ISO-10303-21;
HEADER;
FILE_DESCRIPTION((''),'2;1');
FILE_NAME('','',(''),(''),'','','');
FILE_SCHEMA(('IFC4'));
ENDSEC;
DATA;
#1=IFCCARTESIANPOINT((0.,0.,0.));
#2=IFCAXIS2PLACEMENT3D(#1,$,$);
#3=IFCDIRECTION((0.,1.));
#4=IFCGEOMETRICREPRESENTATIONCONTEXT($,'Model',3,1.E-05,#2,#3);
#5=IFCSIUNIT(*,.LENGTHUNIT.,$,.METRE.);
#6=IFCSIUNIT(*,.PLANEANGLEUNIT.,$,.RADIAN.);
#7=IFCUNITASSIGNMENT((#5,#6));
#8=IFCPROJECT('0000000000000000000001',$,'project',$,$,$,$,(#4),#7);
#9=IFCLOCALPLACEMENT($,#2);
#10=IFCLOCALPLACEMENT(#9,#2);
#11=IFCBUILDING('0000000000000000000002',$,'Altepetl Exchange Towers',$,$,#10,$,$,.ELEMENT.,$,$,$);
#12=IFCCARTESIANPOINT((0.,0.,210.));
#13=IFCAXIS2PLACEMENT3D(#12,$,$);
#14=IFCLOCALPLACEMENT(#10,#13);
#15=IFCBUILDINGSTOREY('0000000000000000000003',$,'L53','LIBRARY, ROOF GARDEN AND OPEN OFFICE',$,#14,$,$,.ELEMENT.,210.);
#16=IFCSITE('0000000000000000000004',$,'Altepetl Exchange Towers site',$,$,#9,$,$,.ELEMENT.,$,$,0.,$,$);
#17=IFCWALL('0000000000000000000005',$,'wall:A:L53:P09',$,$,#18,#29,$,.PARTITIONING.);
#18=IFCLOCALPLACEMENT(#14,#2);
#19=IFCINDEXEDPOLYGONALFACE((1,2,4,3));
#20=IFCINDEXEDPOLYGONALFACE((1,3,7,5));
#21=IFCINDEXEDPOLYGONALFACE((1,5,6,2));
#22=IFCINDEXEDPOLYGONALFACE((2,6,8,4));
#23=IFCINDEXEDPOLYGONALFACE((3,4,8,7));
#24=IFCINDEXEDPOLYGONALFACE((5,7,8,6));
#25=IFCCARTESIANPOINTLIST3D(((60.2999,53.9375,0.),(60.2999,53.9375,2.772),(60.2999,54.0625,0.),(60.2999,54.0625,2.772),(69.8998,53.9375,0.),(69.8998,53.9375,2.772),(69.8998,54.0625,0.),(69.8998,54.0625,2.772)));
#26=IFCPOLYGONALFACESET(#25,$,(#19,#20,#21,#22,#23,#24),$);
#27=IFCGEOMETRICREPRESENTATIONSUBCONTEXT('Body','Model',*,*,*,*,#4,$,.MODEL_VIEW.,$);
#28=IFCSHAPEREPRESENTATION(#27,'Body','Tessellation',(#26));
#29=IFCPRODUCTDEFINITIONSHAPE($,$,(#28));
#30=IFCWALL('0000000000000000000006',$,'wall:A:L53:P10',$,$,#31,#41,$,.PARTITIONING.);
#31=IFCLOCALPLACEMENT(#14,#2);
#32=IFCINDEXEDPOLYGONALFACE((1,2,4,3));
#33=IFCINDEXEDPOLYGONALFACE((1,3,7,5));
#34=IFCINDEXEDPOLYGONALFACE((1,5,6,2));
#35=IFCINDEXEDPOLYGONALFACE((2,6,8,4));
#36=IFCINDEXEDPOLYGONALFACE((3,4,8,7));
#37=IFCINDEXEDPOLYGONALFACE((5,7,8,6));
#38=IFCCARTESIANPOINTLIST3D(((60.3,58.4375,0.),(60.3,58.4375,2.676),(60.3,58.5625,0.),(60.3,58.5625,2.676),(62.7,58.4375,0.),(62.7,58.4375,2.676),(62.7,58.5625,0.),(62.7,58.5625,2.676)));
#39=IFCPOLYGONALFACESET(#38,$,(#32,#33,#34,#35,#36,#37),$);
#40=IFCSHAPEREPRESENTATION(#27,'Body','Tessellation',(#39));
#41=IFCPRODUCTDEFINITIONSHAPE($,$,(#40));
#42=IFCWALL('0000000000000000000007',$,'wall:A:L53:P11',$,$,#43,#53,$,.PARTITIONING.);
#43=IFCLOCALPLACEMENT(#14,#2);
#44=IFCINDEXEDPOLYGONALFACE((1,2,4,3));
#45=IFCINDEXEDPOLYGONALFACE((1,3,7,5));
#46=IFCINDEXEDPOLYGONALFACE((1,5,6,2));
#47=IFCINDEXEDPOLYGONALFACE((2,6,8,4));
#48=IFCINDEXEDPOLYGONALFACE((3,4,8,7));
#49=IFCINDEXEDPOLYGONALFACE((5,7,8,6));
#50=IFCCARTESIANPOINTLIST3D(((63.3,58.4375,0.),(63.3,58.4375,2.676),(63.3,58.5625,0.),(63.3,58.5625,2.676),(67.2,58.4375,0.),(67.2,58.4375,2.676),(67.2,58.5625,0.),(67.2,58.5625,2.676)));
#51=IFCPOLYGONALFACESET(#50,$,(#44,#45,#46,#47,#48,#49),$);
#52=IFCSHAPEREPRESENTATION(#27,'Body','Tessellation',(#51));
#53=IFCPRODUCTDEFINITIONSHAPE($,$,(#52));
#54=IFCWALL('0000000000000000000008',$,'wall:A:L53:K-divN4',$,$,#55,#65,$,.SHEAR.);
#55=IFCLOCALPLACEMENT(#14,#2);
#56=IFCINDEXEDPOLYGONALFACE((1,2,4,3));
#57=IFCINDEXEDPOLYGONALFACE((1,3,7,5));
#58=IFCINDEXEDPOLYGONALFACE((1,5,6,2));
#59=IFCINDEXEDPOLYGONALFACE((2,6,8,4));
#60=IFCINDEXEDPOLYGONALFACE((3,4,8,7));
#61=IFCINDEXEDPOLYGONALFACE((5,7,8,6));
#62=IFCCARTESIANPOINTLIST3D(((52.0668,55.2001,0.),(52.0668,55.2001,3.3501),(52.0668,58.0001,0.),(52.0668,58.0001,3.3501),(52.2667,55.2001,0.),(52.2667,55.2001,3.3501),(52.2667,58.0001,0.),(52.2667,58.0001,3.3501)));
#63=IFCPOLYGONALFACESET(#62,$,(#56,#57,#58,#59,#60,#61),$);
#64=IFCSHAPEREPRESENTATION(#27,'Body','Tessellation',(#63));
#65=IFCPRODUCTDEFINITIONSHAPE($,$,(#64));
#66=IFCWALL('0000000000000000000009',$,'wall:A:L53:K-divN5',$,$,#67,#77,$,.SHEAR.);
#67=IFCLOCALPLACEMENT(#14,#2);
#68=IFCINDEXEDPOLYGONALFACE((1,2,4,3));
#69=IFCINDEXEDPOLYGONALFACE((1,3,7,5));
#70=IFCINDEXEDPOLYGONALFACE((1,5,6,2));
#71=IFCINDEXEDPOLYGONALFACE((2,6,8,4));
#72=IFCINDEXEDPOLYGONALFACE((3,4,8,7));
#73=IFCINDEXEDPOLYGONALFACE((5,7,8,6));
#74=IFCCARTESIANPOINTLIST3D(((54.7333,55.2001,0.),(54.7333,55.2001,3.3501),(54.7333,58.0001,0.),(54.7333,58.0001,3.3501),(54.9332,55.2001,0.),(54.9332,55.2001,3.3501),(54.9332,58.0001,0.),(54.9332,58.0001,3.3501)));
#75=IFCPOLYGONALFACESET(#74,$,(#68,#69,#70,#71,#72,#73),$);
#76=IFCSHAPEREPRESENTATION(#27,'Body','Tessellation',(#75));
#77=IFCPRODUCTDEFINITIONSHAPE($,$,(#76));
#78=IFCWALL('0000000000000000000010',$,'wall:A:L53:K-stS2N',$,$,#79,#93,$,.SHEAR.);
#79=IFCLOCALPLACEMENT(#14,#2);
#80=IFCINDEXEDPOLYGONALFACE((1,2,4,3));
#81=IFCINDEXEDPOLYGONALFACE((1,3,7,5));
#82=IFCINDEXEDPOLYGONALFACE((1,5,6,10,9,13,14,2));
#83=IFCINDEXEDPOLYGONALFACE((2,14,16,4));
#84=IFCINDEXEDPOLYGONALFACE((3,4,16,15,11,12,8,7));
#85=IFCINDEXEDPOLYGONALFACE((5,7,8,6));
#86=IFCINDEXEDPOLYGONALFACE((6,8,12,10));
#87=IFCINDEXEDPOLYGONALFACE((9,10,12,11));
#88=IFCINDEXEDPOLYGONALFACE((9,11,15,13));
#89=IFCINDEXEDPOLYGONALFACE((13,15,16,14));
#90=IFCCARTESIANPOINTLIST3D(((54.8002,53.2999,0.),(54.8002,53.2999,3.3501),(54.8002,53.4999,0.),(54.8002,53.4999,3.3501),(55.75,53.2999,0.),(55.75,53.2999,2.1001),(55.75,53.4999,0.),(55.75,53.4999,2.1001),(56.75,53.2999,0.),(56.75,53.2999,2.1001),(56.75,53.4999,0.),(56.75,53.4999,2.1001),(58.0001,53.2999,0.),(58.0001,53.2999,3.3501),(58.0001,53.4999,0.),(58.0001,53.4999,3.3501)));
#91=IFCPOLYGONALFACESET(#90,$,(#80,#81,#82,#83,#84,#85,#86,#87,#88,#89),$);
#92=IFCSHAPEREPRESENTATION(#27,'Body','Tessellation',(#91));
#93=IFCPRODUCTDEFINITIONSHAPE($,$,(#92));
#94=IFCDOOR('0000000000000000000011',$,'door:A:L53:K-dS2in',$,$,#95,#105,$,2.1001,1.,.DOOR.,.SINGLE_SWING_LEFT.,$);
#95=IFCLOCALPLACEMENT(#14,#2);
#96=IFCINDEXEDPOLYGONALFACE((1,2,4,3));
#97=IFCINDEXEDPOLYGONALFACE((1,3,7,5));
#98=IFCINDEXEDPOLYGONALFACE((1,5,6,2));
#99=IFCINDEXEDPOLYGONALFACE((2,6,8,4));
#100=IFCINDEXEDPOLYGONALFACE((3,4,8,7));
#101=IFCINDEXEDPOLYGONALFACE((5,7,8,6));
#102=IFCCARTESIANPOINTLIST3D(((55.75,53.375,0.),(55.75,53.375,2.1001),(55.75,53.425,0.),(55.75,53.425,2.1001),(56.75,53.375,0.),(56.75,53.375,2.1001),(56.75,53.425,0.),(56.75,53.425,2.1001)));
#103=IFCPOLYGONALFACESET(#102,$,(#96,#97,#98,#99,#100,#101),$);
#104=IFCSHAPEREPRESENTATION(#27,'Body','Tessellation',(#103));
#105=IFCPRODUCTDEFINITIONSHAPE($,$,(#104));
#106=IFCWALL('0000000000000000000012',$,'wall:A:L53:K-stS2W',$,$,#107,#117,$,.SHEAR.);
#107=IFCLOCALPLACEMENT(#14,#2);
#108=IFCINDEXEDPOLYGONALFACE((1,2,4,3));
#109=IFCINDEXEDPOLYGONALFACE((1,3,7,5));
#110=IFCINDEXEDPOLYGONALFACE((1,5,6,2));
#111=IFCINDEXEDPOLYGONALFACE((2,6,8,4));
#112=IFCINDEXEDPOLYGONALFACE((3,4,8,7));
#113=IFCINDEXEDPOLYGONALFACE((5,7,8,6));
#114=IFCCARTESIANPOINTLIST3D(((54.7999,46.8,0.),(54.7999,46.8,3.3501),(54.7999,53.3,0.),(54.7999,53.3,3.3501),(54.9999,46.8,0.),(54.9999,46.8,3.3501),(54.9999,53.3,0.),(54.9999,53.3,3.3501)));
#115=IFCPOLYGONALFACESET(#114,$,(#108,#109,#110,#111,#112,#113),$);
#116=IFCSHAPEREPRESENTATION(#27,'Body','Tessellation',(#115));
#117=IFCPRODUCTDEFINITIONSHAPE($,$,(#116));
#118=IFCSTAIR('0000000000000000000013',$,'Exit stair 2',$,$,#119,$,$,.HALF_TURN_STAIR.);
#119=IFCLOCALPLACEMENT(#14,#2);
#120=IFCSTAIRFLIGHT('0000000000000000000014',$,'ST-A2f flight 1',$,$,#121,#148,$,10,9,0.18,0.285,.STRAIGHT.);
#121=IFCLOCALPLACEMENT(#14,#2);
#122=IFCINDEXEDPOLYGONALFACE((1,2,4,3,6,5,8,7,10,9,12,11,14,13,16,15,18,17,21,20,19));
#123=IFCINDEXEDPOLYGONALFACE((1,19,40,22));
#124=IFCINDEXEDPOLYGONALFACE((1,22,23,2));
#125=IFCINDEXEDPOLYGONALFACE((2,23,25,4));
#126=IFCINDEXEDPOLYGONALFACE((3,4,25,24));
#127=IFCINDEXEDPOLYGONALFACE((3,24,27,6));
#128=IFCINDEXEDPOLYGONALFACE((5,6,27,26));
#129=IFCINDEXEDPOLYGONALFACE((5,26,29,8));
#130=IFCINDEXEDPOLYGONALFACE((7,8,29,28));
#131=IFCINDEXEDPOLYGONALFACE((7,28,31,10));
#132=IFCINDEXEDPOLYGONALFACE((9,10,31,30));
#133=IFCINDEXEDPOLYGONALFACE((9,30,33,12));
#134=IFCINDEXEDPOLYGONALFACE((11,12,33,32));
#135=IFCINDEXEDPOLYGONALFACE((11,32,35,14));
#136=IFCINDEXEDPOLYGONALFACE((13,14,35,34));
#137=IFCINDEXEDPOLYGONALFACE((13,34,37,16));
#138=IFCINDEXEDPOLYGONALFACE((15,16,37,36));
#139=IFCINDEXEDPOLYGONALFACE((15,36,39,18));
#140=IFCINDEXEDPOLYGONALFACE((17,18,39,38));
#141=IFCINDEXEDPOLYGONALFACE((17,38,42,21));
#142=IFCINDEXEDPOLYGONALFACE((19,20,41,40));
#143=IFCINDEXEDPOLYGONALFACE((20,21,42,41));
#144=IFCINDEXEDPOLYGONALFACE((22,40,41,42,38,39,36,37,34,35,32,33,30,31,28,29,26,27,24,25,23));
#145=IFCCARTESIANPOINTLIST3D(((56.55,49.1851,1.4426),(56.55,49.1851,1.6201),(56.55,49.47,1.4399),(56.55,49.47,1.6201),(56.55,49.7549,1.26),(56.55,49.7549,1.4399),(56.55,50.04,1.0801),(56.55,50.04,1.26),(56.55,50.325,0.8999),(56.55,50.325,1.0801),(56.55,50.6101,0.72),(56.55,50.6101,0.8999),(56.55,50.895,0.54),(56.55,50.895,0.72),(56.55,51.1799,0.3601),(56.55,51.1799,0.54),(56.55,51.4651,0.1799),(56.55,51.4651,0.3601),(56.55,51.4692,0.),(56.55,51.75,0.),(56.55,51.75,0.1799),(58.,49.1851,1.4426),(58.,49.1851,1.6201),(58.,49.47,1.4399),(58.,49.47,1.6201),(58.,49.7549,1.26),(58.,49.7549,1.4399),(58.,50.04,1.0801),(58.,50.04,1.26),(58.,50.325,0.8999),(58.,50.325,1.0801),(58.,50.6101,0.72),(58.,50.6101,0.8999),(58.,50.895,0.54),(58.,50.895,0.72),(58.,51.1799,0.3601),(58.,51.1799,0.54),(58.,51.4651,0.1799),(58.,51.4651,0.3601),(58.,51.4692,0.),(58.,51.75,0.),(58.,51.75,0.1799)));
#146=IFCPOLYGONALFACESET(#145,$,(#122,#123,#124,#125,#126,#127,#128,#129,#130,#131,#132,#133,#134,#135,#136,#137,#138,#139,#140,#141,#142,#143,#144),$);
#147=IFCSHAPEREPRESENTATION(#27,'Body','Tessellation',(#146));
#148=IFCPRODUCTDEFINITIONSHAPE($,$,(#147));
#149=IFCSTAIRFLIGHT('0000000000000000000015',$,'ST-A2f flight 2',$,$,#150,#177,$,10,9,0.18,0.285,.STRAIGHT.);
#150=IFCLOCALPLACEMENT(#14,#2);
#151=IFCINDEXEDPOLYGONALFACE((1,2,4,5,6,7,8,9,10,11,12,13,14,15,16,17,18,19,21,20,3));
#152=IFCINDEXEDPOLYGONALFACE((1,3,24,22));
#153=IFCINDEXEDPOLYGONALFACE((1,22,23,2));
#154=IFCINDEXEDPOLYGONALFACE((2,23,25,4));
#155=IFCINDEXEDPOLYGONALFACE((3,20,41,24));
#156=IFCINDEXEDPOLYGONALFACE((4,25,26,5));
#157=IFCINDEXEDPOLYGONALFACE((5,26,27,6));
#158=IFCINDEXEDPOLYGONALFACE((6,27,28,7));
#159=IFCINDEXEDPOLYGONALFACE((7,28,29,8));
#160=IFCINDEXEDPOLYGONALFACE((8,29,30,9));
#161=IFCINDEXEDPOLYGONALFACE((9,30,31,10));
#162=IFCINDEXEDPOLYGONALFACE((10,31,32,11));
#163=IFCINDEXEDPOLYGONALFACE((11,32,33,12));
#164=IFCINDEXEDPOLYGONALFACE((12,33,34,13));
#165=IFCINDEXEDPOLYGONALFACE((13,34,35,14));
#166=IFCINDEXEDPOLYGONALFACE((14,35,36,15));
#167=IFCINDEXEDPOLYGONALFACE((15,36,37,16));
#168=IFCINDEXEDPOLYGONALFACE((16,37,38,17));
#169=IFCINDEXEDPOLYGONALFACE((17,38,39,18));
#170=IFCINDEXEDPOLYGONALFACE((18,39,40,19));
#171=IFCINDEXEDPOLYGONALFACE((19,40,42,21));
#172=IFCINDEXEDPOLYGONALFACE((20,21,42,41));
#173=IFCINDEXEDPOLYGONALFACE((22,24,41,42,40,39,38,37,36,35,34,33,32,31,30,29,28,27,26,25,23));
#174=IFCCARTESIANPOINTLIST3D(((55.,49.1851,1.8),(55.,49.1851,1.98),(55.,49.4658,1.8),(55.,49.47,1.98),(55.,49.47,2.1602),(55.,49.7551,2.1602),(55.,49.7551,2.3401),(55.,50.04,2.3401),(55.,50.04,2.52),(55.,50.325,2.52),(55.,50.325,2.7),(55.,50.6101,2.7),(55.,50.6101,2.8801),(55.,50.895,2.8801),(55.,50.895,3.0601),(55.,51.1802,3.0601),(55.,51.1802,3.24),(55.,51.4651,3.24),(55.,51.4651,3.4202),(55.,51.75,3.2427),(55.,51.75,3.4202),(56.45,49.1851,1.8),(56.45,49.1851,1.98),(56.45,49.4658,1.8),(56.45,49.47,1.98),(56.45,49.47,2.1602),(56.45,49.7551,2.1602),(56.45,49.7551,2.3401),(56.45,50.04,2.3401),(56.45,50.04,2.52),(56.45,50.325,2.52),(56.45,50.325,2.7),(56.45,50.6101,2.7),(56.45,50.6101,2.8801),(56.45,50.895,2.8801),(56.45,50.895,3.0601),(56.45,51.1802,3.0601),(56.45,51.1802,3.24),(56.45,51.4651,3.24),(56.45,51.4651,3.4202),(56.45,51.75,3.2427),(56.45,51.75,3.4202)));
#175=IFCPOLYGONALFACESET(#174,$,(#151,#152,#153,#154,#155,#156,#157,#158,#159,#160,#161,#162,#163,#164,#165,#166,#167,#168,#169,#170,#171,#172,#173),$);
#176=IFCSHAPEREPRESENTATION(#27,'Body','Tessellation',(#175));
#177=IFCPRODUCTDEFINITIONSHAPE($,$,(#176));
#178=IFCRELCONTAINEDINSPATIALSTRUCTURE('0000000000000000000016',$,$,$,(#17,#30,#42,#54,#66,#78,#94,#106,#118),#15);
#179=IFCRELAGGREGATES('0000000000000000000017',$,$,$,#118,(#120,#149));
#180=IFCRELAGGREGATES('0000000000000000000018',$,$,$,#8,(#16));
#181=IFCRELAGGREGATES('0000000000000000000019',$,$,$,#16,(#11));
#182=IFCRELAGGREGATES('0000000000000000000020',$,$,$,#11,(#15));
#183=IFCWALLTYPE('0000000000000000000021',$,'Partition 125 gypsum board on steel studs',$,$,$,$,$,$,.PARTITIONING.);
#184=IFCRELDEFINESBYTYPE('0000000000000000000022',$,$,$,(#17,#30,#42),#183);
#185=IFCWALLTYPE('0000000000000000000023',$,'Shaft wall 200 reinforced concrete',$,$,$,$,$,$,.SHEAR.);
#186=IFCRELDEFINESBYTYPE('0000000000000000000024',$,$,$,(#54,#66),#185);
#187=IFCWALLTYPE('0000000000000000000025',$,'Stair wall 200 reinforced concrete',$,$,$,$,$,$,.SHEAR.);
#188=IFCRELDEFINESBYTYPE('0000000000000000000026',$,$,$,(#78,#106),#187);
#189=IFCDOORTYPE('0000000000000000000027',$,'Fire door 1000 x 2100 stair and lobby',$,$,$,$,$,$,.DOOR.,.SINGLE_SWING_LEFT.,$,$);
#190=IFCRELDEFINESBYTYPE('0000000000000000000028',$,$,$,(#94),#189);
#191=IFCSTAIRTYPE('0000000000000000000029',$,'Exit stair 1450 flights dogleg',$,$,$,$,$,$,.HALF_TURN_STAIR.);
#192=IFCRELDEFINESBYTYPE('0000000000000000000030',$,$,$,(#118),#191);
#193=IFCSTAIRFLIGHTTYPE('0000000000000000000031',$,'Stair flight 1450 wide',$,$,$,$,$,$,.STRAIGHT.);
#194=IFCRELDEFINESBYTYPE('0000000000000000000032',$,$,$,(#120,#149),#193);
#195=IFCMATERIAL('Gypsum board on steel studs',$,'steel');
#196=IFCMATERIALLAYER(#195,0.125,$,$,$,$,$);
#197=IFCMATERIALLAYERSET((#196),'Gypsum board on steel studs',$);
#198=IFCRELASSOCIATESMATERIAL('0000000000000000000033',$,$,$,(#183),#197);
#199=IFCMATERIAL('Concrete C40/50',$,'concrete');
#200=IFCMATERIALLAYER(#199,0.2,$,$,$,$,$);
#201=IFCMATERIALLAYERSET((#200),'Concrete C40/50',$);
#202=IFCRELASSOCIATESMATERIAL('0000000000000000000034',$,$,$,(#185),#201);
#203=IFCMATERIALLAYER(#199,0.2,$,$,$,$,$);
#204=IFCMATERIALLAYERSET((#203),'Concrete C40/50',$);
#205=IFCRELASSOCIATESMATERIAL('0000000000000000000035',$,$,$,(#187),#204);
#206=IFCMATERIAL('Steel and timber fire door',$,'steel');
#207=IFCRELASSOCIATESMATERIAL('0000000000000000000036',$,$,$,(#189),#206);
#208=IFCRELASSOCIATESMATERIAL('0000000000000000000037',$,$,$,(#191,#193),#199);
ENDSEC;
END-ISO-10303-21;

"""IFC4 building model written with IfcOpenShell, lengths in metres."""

from ifc_helpers import new_model, si_unit, direction, frame, frame_2d, origin, place, context, subcontext, project, spatial, polyline, rectangle, outline, extrude, material, layer, layer_set, type_object, element, fill, aggregate, save


model = new_model("IFC4")

# Units and contexts
model_context = context("Model", 3, precision=1e-05, world=origin(), true_north=direction((0.0, 1.0)))
body_context = subcontext(model_context, "Body", "Model", "MODEL_VIEW")
ifc_project = project(units=[si_unit("LENGTHUNIT", "METRE"), si_unit("PLANEANGLEUNIT", "RADIAN")], contexts=[model_context])

# Site, building, storey
site_placement = place(None, origin())
site = spatial("IfcSite", under=ifc_project, at=site_placement, Name="Altepetl Exchange Towers site", CompositionType="ELEMENT", RefElevation=0.0)
building_placement = place(site_placement, origin())
building = spatial("IfcBuilding", under=site, at=building_placement, Name="Altepetl Exchange Towers", CompositionType="ELEMENT")
storey_placement = place(building_placement, frame((0.0, 0.0, 210.0)))
storey = spatial("IfcBuildingStorey", under=building, at=storey_placement, Name="L53", Description="LIBRARY, ROOF GARDEN AND OPEN OFFICE", CompositionType="ELEMENT", Elevation=210.0)

# Walls
ifc_material_1 = material(Name="Gypsum board on steel studs", Category="steel")
ifc_layer_1 = layer(ifc_material_1, 0.125)
ifc_layer_set_1 = layer_set([ifc_layer_1], Name="Gypsum board on steel studs")
wall_type_1 = type_object("IfcWallType", Name="Partition 125 gypsum board on steel studs", PredefinedType="PARTITIONING", material=ifc_layer_set_1)
for number, where, name in (
    (1, (60.3, 54.0, 0.0), "wall:A:L53:P09"),
):
    element("IfcWall", number, at=place(storey_placement, frame(where)), inside=storey, type_object=wall_type_1, Name=name, PredefinedType="PARTITIONING", context=body_context, shape_type="SweptSolid", body=[
        extrude(rectangle(XDim=9.5999, YDim=0.125, at=frame_2d((4.7998, 0.0))), origin(), (0.0, 0.0, 1.0), 2.772),
    ])
wall_1_placement = place(storey_placement, frame((60.3, 58.5, 0.0)))
element("IfcWall", 2, at=wall_1_placement, inside=storey, type_object=wall_type_1, Name="wall:A:L53:P10", PredefinedType="PARTITIONING", context=body_context, shape_type="SweptSolid", body=[
    extrude(rectangle(XDim=2.3999, YDim=0.125, at=frame_2d((1.2, 0.0))), origin(), (0.0, 0.0, 1.0), 2.676),
])
wall_2_placement = place(storey_placement, frame((63.3, 58.5, 0.0)))
element("IfcWall", 3, at=wall_2_placement, inside=storey, type_object=wall_type_1, Name="wall:A:L53:P11", PredefinedType="PARTITIONING", context=body_context, shape_type="SweptSolid", body=[
    extrude(rectangle(XDim=3.8999, YDim=0.125, at=frame_2d((1.95, 0.0))), origin(), (0.0, 0.0, 1.0), 2.676),
])
ifc_material_2 = material(Name="Concrete C40/50", Category="concrete")
ifc_layer_2 = layer(ifc_material_2, 0.2)
ifc_layer_set_2 = layer_set([ifc_layer_2], Name="Concrete C40/50")
wall_type_2 = type_object("IfcWallType", Name="Shaft wall 200 reinforced concrete", PredefinedType="SHEAR", material=ifc_layer_set_2)
for number, where, z_axis, x_axis, name in (
    (4, (52.1667, 58.0, 0.0), (0.0, 0.0, 1.0), (0.0, -1.0, 0.0), "wall:A:L53:K-divN4"),
    (5, (54.8333, 58.0, 0.0), (0.0, 0.0, 1.0), (0.0, -1.0, 0.0), "wall:A:L53:K-divN5"),
):
    element("IfcWall", number, at=place(storey_placement, frame(where, z_axis=z_axis, x_axis=x_axis)), inside=storey, type_object=wall_type_2, Name=name, PredefinedType="SHEAR", context=body_context, shape_type="SweptSolid", body=[
        extrude(rectangle(XDim=2.8, YDim=0.2, at=frame_2d((1.3999, 0.0))), origin(), (0.0, 0.0, 1.0), 3.3501),
    ])

# Wall, opening, door
ifc_layer_3 = layer(ifc_material_2, 0.2)
ifc_layer_set_3 = layer_set([ifc_layer_3], Name="Concrete C40/50")
wall_type_3 = type_object("IfcWallType", Name="Stair wall 200 reinforced concrete", PredefinedType="SHEAR", material=ifc_layer_set_3)
wall_3_placement = place(storey_placement, frame((54.8, 53.3999, 0.0)))
wall_3 = element("IfcWall", 6, at=wall_3_placement, inside=storey, type_object=wall_type_3, Name="wall:A:L53:K-stS2N", PredefinedType="SHEAR", context=body_context, shape_type="SweptSolid", body=[
    extrude(rectangle(XDim=3.2, YDim=0.2, at=frame_2d((1.6001, 0.0))), origin(), (0.0, 0.0, 1.0), 3.3501),
])
opening_placement = place(wall_3_placement, frame((0.95, 0.0, 0.0)))
opening = element("IfcOpeningElement", 7, at=opening_placement, cuts=wall_3, PredefinedType="OPENING", context=body_context, shape_type="SweptSolid", body=[
    extrude(rectangle(XDim=1.0, YDim=2.1001, at=frame_2d((0.5, 1.05))), frame((0.0, 0.1099, 0.0), z_axis=(0.0, -1.0, 0.0), x_axis=(1.0, 0.0, 0.0)), (0.0, 0.0, 1.0), 0.22),
])
ifc_material_3 = material(Name="Steel and timber fire door", Category="steel")
door_type = type_object("IfcDoorType", Name="Fire door 1000 x 2100 stair and lobby", OperationType="SINGLE_SWING_LEFT", PredefinedType="DOOR", material=ifc_material_3)
door_placement = place(opening_placement, frame((1.0, 0.0, 0.0), x_axis=(-1.0, 0.0, 0.0)))
door = element("IfcDoor", 8, at=door_placement, inside=storey, type_object=door_type, Name="door:A:L53:K-dS2in", OperationType="SINGLE_SWING_LEFT", OverallHeight=2.1001, OverallWidth=1.0, PredefinedType="DOOR", context=body_context, shape_type="SweptSolid", body=[
    extrude(rectangle(XDim=1.0, YDim=2.1001, at=frame_2d((0.5, 1.05))), frame((0.0, 0.0249, 0.0), z_axis=(0.0, -1.0, 0.0), x_axis=(1.0, 0.0, 0.0)), (0.0, 0.0, 1.0), 0.05),
])
fill(opening, door)

# Wall
wall_4_placement = place(storey_placement, frame((54.8999, 46.8, 0.0), z_axis=(0.0, 0.0, 1.0), x_axis=(0.0, 1.0, 0.0)))
element("IfcWall", 9, at=wall_4_placement, inside=storey, type_object=wall_type_3, Name="wall:A:L53:K-stS2W", PredefinedType="SHEAR", context=body_context, shape_type="SweptSolid", body=[
    extrude(rectangle(XDim=6.5, YDim=0.2, at=frame_2d((3.25, 0.0))), origin(), (0.0, 0.0, 1.0), 3.3501),
])

# Stair, stair flights
stair_type = type_object("IfcStairType", Name="Exit stair 1450 flights dogleg", PredefinedType="HALF_TURN_STAIR", material=ifc_material_2)
stair_placement = place(storey_placement, origin())
stair = element("IfcStair", 10, at=stair_placement, inside=storey, type_object=stair_type, Name="Exit stair 2", PredefinedType="HALF_TURN_STAIR")
stair_flight_type = type_object("IfcStairFlightType", Name="Stair flight 1450 wide", PredefinedType="STRAIGHT", material=ifc_material_2)
stair_flight_1_placement = place(storey_placement, frame((57.2749, 51.75, 0.0), z_axis=(0.0, 0.0, 1.0), x_axis=(0.0, -1.0, 0.0)))
stair_flight_1 = element("IfcStairFlight", 11, at=stair_flight_1_placement, type_object=stair_flight_type, Name="ST-A2f flight 1", NumberOfRisers=10, NumberOfTreads=9, PredefinedType="STRAIGHT", RiserHeight=0.18, TreadLength=0.285, context=body_context, shape_type="SweptSolid", body=[
    extrude(outline(polyline([(0.0, 0.0), (0.0, 0.1799), (0.2849, 0.1799), (0.2849, 0.3601), (0.5701, 0.3601), (0.5701, 0.54), (0.855, 0.54), (0.855, 0.72), (1.1399, 0.72), (1.1399, 0.8999), (1.425, 0.8999), (1.425, 1.0801), (1.71, 1.0801), (1.71, 1.26), (1.9951, 1.26), (1.9951, 1.4399), (2.28, 1.4399), (2.28, 1.6201), (2.5649, 1.6201), (2.5649, 1.8), (2.5649, 1.4426), (0.2808, 0.0), (0.0, 0.0)])), frame((0.0, 0.7251, 0.0), z_axis=(0.0, -1.0, 0.0), x_axis=(1.0, 0.0, 0.0)), (0.0, 0.0, 1.0), 1.45),
])
stair_flight_2_placement = place(storey_placement, frame((55.7251, 49.1851, 1.8), z_axis=(0.0, 0.0, 1.0), x_axis=(0.0, 1.0, 0.0)))
stair_flight_2 = element("IfcStairFlight", 12, at=stair_flight_2_placement, type_object=stair_flight_type, Name="ST-A2f flight 2", NumberOfRisers=10, NumberOfTreads=9, PredefinedType="STRAIGHT", RiserHeight=0.18, TreadLength=0.285, context=body_context, shape_type="SweptSolid", body=[
    extrude(outline(polyline([(0.0, 0.0), (0.0, 0.1799), (0.2849, 0.1799), (0.2849, 0.3601), (0.5701, 0.3601), (0.5701, 0.54), (0.855, 0.54), (0.855, 0.72), (1.1399, 0.72), (1.1399, 0.8999), (1.425, 0.8999), (1.425, 1.0801), (1.71, 1.0801), (1.71, 1.26), (1.9951, 1.26), (1.9951, 1.4399), (2.28, 1.4399), (2.28, 1.6201), (2.5649, 1.6201), (2.5649, 1.8), (2.5649, 1.4426), (0.2808, 0.0), (0.0, 0.0)])), frame((0.0, 0.7251, 0.0), z_axis=(0.0, -1.0, 0.0), x_axis=(1.0, 0.0, 0.0)), (0.0, 0.0, 1.0), 1.45),
])
aggregate(stair, [stair_flight_1, stair_flight_2])

save(model, "model.ifc")
